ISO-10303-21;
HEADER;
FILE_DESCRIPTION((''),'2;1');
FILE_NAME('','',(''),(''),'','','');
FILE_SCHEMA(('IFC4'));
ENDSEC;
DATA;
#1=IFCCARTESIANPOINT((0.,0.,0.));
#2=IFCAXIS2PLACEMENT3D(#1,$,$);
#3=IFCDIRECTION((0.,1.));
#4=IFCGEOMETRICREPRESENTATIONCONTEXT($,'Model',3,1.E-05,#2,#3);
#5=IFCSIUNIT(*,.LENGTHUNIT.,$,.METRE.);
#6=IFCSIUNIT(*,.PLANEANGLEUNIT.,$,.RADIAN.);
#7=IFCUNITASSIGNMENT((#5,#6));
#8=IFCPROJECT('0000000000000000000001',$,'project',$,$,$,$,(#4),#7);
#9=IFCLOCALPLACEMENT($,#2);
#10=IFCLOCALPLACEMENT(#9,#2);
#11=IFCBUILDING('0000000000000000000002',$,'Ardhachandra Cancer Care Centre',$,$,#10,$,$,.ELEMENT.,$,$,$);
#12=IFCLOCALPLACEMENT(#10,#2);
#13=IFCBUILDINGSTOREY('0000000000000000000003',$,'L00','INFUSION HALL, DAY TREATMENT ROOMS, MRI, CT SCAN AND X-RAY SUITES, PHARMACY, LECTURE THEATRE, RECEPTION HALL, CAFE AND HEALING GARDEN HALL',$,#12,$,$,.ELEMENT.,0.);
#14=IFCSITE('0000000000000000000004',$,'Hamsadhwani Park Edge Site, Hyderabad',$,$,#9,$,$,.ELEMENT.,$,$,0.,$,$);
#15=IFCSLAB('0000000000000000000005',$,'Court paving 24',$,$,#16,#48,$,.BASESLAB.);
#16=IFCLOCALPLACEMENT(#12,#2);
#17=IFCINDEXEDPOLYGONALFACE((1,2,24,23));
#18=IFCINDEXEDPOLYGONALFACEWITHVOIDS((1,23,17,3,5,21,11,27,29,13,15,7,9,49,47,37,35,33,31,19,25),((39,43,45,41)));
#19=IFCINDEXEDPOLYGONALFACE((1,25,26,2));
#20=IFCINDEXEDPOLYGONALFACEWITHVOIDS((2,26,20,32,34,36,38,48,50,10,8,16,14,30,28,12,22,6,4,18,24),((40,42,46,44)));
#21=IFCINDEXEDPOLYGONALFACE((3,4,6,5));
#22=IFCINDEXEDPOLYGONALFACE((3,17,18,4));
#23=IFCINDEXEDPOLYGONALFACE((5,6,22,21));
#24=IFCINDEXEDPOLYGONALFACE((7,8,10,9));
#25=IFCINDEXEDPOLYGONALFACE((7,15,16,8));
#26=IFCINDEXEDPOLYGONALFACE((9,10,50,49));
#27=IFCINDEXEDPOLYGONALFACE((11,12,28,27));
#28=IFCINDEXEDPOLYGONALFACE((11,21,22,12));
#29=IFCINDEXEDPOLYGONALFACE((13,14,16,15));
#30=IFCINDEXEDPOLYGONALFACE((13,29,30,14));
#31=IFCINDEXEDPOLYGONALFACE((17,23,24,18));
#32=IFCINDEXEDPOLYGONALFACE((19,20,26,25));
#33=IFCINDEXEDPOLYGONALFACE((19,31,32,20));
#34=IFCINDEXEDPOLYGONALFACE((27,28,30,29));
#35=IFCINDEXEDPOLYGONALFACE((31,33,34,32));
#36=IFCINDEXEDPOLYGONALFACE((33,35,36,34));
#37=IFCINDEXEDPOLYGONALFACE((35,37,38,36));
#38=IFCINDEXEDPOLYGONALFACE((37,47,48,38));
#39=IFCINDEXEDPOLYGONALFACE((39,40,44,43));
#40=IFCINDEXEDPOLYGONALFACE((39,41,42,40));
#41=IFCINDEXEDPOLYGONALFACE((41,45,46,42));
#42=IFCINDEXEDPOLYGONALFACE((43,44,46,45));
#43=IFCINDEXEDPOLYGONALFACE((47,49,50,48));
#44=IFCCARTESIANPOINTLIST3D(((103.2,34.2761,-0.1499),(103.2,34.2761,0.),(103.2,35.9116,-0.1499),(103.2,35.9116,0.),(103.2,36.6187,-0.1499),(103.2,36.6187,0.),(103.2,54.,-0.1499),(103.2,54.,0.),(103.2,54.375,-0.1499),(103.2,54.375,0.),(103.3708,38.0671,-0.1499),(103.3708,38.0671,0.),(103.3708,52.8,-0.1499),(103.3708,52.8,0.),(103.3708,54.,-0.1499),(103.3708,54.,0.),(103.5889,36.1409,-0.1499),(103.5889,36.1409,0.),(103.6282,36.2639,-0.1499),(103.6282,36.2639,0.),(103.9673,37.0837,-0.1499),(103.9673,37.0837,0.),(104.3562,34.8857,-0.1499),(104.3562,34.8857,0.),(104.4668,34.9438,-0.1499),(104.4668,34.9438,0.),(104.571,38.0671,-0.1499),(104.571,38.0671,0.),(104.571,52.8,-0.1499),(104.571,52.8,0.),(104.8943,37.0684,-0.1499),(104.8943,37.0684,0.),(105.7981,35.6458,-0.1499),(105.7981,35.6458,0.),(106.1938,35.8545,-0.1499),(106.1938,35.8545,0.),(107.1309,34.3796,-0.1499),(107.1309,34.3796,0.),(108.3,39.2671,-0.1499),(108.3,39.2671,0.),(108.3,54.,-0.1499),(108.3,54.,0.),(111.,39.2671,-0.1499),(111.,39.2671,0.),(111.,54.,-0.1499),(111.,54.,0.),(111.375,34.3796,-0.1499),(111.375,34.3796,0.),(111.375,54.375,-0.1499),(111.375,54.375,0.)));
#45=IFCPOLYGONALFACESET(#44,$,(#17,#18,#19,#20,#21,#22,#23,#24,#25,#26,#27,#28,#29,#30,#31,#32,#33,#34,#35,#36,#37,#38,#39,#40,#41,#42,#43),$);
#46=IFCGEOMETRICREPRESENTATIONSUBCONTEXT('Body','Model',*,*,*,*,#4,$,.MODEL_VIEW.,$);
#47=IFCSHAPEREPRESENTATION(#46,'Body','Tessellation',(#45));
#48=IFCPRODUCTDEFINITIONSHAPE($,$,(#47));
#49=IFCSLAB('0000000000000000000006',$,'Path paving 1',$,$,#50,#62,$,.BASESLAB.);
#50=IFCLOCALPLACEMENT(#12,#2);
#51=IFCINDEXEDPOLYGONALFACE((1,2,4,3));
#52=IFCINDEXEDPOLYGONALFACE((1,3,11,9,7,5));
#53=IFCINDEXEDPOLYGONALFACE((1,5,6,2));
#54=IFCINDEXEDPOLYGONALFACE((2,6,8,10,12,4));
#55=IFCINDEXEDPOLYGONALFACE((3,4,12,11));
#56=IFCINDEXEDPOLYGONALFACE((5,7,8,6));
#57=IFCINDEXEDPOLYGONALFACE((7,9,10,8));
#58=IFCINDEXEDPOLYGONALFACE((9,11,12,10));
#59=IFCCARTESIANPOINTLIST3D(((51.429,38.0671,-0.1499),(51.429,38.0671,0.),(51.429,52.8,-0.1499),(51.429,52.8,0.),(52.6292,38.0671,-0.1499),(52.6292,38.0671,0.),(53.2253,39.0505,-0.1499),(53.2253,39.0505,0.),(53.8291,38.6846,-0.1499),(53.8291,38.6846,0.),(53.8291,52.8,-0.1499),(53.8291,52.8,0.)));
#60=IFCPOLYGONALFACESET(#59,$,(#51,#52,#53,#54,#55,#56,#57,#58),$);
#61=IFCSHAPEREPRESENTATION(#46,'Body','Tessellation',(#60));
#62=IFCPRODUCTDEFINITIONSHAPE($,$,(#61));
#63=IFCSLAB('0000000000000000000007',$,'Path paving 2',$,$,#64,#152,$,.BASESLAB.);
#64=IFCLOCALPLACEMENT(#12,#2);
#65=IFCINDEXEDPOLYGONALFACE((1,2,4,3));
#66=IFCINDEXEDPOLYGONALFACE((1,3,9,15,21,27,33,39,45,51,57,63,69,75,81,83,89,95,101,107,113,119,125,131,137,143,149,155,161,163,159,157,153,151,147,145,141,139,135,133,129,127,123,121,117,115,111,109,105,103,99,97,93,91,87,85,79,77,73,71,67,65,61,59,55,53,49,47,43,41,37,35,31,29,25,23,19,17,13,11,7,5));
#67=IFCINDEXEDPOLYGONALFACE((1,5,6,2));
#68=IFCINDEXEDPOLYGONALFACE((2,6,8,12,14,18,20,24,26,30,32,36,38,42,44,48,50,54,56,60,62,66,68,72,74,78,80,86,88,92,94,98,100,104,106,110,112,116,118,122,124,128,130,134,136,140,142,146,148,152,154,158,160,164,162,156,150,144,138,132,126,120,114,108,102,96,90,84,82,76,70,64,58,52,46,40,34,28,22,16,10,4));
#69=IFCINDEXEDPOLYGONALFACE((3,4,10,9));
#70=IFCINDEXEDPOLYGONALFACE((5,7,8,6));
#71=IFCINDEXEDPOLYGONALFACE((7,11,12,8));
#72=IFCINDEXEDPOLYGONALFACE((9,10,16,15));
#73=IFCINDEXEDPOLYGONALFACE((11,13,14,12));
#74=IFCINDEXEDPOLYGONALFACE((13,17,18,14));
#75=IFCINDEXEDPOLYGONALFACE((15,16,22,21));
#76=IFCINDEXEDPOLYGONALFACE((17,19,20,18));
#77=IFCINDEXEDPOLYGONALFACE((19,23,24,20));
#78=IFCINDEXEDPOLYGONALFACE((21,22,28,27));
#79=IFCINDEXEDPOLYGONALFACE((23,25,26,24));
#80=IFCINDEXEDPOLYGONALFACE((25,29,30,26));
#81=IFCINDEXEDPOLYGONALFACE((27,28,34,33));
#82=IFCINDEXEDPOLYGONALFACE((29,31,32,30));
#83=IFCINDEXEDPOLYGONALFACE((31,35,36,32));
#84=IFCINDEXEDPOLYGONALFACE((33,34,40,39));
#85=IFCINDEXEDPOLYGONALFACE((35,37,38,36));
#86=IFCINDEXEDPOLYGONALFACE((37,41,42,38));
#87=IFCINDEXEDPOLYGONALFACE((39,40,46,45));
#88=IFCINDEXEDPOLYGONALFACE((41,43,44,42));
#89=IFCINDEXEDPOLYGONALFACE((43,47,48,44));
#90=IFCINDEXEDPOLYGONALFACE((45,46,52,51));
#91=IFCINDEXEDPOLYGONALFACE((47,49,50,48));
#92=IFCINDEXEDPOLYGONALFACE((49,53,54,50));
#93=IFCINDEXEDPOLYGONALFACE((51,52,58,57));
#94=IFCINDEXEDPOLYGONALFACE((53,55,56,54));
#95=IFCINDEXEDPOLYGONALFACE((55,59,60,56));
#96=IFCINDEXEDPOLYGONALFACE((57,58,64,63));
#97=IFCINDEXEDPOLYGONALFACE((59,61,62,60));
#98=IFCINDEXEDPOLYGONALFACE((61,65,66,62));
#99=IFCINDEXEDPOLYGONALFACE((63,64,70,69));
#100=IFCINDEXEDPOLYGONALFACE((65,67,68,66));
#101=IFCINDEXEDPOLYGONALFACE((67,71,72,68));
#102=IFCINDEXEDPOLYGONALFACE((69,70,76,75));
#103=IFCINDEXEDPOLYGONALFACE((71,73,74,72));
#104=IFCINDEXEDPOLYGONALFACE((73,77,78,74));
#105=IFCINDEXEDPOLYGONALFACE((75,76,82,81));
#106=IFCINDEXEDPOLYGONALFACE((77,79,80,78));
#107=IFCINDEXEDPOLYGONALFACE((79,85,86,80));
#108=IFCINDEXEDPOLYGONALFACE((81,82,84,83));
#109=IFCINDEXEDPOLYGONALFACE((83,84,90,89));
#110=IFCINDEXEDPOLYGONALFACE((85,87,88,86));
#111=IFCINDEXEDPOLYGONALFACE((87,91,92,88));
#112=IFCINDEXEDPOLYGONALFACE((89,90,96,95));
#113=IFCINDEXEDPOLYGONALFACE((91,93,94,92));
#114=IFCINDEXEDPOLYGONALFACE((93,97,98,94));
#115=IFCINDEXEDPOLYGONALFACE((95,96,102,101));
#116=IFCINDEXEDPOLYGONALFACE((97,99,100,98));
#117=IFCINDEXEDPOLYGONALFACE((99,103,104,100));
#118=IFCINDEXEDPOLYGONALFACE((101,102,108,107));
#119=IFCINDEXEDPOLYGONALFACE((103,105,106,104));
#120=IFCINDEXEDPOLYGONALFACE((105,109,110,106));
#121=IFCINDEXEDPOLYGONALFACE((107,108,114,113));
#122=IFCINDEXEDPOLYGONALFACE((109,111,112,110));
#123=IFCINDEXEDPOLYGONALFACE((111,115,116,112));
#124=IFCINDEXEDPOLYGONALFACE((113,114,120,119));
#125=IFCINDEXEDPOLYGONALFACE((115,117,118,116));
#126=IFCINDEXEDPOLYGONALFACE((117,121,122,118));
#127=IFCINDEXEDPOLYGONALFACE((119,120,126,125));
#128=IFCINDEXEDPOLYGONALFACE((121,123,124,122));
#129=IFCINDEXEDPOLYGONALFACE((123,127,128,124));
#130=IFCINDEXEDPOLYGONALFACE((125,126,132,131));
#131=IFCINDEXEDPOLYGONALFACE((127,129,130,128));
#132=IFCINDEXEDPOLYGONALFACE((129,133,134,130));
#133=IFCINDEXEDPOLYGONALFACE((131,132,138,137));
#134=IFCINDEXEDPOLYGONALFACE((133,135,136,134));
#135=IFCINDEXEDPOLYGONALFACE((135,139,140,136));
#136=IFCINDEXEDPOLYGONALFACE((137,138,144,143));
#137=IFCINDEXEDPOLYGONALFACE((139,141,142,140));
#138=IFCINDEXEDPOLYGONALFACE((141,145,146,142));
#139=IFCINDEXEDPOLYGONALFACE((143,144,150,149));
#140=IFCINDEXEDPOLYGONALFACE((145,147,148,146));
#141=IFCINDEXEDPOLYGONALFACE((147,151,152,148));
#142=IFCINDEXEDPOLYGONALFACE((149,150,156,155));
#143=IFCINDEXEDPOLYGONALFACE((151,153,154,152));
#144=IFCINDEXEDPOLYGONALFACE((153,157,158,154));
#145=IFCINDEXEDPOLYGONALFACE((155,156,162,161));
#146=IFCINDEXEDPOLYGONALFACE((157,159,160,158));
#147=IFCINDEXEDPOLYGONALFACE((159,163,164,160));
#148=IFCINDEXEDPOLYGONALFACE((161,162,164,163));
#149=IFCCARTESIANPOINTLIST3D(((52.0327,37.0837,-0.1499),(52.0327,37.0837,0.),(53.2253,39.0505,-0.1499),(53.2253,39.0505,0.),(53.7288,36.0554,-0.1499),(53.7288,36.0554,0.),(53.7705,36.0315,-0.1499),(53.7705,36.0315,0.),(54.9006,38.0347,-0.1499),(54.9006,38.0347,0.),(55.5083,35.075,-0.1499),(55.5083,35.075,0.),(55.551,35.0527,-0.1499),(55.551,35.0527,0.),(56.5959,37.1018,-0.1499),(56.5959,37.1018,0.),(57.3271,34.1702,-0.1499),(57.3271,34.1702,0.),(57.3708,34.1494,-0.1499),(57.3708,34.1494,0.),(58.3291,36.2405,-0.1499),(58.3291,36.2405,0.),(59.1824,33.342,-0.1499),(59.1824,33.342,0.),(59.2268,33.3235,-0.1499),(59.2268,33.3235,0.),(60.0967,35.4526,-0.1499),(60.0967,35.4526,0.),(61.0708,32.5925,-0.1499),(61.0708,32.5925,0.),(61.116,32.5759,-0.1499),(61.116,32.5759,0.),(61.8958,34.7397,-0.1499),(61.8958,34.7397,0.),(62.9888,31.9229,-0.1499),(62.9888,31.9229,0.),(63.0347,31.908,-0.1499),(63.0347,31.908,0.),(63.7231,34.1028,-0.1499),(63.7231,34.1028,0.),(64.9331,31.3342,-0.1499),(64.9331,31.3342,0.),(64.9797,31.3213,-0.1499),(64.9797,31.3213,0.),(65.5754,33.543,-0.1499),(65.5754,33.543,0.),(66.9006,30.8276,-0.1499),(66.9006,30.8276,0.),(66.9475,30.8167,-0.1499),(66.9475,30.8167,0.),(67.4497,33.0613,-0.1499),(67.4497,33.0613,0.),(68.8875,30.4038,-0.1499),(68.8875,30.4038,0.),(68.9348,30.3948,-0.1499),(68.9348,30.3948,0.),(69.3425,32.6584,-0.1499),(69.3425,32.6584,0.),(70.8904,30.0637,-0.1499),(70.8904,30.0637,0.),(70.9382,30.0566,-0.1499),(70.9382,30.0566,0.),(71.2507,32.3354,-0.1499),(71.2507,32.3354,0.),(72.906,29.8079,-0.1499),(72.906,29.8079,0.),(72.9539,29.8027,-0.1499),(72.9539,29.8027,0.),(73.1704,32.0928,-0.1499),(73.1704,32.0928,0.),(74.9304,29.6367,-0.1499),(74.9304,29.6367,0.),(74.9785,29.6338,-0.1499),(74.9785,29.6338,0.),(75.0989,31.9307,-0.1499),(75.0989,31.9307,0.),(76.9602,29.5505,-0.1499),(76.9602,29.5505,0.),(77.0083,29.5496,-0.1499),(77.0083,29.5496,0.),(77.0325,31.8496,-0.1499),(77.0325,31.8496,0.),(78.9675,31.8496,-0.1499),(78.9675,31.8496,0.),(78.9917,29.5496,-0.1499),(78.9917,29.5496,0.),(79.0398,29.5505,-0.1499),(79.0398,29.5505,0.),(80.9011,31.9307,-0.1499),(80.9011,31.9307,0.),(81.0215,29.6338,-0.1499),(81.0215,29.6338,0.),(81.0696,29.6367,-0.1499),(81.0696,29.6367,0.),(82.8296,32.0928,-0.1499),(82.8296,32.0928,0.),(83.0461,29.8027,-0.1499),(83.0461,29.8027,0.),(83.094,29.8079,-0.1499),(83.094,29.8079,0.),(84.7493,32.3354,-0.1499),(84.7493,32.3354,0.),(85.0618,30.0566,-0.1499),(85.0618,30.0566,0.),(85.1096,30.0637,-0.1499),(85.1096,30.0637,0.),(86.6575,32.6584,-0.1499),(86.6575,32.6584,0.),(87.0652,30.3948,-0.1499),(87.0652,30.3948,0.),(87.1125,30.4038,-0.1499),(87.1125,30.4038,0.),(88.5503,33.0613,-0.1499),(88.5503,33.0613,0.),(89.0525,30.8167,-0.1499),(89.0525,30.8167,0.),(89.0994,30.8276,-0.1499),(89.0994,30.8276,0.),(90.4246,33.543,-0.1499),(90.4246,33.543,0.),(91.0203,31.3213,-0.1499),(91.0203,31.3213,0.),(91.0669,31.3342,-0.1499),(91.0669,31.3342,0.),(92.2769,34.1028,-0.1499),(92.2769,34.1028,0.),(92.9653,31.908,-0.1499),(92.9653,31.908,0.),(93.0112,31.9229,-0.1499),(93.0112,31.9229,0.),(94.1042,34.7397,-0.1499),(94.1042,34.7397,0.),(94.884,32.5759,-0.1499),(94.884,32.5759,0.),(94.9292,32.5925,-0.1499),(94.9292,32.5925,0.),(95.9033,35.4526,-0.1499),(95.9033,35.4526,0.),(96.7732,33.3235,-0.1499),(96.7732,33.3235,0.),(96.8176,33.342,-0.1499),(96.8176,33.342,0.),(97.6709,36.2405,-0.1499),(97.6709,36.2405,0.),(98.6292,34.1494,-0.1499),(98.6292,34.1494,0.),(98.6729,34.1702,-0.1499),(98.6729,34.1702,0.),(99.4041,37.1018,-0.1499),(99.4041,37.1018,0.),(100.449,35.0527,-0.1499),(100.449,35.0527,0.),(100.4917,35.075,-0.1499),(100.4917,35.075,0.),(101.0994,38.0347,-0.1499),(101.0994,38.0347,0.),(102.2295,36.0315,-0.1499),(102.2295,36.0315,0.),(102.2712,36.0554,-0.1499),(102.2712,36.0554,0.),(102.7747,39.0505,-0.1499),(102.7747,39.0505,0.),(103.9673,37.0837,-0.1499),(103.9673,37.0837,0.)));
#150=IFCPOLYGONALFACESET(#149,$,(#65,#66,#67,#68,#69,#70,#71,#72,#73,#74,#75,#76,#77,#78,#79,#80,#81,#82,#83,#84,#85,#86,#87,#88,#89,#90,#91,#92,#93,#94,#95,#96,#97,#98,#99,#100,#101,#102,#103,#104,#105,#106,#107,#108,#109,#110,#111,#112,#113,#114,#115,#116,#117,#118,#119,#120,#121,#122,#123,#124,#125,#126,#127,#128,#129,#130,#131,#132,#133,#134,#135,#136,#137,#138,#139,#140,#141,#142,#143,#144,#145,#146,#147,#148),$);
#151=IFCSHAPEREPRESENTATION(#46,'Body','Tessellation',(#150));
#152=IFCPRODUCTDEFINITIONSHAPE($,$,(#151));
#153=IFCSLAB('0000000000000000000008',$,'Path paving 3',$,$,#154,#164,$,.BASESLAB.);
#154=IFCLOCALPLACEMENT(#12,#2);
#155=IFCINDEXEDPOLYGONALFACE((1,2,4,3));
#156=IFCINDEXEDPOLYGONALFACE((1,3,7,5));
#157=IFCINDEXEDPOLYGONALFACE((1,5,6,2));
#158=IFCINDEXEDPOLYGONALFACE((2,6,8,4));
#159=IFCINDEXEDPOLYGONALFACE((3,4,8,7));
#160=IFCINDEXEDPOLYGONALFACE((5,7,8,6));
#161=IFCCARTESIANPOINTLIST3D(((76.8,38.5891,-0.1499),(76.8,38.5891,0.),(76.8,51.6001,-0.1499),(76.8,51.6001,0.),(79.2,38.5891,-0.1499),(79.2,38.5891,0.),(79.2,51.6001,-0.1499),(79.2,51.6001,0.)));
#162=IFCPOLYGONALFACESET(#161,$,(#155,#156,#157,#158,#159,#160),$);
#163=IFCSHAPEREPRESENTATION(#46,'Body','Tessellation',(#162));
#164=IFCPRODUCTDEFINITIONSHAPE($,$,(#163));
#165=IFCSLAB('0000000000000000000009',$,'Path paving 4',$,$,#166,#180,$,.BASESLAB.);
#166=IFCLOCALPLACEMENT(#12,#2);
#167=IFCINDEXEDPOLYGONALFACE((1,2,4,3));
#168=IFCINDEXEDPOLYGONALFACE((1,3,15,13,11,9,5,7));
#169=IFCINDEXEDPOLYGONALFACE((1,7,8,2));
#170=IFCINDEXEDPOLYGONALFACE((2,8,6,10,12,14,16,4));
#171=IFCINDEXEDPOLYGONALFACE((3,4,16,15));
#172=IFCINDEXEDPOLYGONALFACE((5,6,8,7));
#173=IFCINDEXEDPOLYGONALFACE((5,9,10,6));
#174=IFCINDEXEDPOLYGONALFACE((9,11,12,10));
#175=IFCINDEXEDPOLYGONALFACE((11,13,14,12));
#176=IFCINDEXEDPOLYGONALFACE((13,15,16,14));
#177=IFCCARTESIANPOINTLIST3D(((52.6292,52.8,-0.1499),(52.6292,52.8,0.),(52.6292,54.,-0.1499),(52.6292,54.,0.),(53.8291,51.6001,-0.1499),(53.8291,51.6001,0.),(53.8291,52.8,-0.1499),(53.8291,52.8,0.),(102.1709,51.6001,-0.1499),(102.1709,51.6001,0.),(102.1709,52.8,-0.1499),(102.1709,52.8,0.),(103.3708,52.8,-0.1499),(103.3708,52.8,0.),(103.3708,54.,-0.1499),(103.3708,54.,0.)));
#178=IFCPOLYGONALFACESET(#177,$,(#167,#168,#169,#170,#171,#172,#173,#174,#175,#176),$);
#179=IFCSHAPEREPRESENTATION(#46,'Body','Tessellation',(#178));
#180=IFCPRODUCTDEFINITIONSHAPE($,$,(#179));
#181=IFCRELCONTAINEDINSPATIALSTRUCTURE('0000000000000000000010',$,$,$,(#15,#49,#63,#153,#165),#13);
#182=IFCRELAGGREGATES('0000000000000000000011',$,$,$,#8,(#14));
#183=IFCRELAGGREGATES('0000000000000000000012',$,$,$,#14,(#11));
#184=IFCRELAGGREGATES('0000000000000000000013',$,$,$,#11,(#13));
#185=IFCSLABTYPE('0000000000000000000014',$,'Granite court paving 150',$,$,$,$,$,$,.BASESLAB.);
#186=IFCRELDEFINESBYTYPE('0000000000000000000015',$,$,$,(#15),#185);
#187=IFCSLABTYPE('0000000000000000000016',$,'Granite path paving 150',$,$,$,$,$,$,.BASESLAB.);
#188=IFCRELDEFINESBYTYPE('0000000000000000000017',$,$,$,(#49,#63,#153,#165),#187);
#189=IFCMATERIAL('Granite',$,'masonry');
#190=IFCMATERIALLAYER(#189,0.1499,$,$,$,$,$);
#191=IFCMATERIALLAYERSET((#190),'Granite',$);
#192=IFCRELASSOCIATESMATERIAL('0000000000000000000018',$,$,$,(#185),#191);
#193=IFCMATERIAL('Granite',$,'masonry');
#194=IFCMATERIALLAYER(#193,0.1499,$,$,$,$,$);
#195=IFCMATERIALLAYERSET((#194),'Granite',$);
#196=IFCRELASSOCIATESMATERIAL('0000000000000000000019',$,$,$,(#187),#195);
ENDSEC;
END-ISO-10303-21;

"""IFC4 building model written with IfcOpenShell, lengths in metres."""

from ifc_helpers import new_model, si_unit, direction, frame, origin, place, context, subcontext, project, spatial, polyline, outline, extrude, material, layer, layer_set, type_object, element, save


model = new_model("IFC4")

# Units and contexts
model_context = context("Model", 3, precision=1e-05, world=origin(), true_north=direction((0.0, 1.0)))
body_context = subcontext(model_context, "Body", "Model", "MODEL_VIEW")
ifc_project = project(units=[si_unit("LENGTHUNIT", "METRE"), si_unit("PLANEANGLEUNIT", "RADIAN")], contexts=[model_context])

# Site, building, storey
site_placement = place(None, origin())
site = spatial("IfcSite", under=ifc_project, at=site_placement, Name="Hamsadhwani Park Edge Site, Hyderabad", CompositionType="ELEMENT", RefElevation=0.0)
building_placement = place(site_placement, origin())
building = spatial("IfcBuilding", under=site, at=building_placement, Name="Ardhachandra Cancer Care Centre", CompositionType="ELEMENT")
storey_placement = place(building_placement, origin())
storey = spatial("IfcBuildingStorey", under=building, at=storey_placement, Name="L00", Description="INFUSION HALL, DAY TREATMENT ROOMS, MRI, CT SCAN AND X-RAY SUITES, PHARMACY, LECTURE THEATRE, RECEPTION HALL, CAFE AND HEALING GARDEN HALL", CompositionType="ELEMENT", Elevation=0.0)

# Slabs
ifc_material_1 = material(Name="Granite", Category="masonry")
ifc_layer_1 = layer(ifc_material_1, 0.1499)
ifc_layer_set_1 = layer_set([ifc_layer_1], Name="Granite")
slab_type_1 = type_object("IfcSlabType", Name="Granite court paving 150", PredefinedType="BASESLAB", material=ifc_layer_set_1)
slab_1_placement = place(storey_placement, frame((0.0, 0.0, -0.1499)))
element("IfcSlab", 1, at=slab_1_placement, inside=storey, type_object=slab_type_1, Name="Court paving 24", PredefinedType="BASESLAB", context=body_context, shape_type="SweptSolid", body=[
    extrude(outline(polyline([(111.375, 54.375), (103.2, 54.375), (103.2, 54.0), (103.3708, 54.0), (103.3708, 52.8), (104.571, 52.8), (104.571, 38.0671), (103.3708, 38.0671), (103.9673, 37.0837), (103.2, 36.6187), (103.2, 35.9116), (103.5889, 36.1409), (104.3562, 34.8857), (103.2, 34.2761), (104.4668, 34.9438), (103.6282, 36.2639), (104.8943, 37.0684), (105.7981, 35.6458), (106.1938, 35.8545), (107.1309, 34.3796), (111.375, 34.3796), (111.375, 54.375)]), holes=[polyline([(111.0, 54.0), (108.3, 54.0), (108.3, 39.2671), (111.0, 39.2671), (111.0, 54.0)])]), origin(), (0.0, 0.0, 1.0), 0.1499),
])
ifc_material_2 = material(Name="Granite", Category="masonry")
ifc_layer_2 = layer(ifc_material_2, 0.1499)
ifc_layer_set_2 = layer_set([ifc_layer_2], Name="Granite")
slab_type_2 = type_object("IfcSlabType", Name="Granite path paving 150", PredefinedType="BASESLAB", material=ifc_layer_set_2)
slab_2_placement = place(storey_placement, frame((0.0, 0.0, -0.1499)))
element("IfcSlab", 2, at=slab_2_placement, inside=storey, type_object=slab_type_2, Name="Path paving 1", PredefinedType="BASESLAB", context=body_context, shape_type="SweptSolid", body=[
    extrude(outline(polyline([(53.8291, 52.8), (51.429, 52.8), (51.429, 38.0671), (52.6292, 38.0671), (53.2253, 39.0505), (53.8291, 38.6846), (53.8291, 52.8)])), origin(), (0.0, 0.0, 1.0), 0.1499),
])
slab_3_placement = place(storey_placement, frame((0.0, 0.0, -0.1499)))
element("IfcSlab", 3, at=slab_3_placement, inside=storey, type_object=slab_type_2, Name="Path paving 2", PredefinedType="BASESLAB", context=body_context, shape_type="SweptSolid", body=[
    extrude(outline(polyline([(56.5959, 37.1018), (54.9006, 38.0347), (53.2253, 39.0505), (52.0327, 37.0837), (53.7288, 36.0554), (53.7705, 36.0315), (55.5083, 35.075), (55.551, 35.0527), (57.3271, 34.1702), (57.3708, 34.1494), (59.1824, 33.342), (59.2268, 33.3235), (61.0708, 32.5925), (61.116, 32.5759), (62.9888, 31.9229), (63.0347, 31.908), (64.9331, 31.3342), (64.9797, 31.3213), (66.9006, 30.8276), (66.9475, 30.8167), (68.8875, 30.4038), (68.9348, 30.3948), (70.8904, 30.0637), (70.9382, 30.0566), (72.906, 29.8079), (72.9539, 29.8027), (74.9304, 29.6367), (74.9785, 29.6338), (76.9602, 29.5505), (77.0083, 29.5496), (78.9917, 29.5496), (79.0398, 29.5505), (81.0215, 29.6338), (81.0696, 29.6367), (83.0461, 29.8027), (83.094, 29.8079), (85.0618, 30.0566), (85.1096, 30.0637), (87.0652, 30.3948), (87.1125, 30.4038), (89.0525, 30.8167), (89.0994, 30.8276), (91.0203, 31.3213), (91.0669, 31.3342), (92.9653, 31.908), (93.0112, 31.9229), (94.884, 32.5759), (94.9292, 32.5925), (96.7732, 33.3235), (96.8176, 33.342), (98.6292, 34.1494), (98.6729, 34.1702), (100.449, 35.0527), (100.4917, 35.075), (102.2295, 36.0315), (102.2712, 36.0554), (103.9673, 37.0837), (102.7747, 39.0505), (101.0994, 38.0347), (99.4041, 37.1018), (97.6709, 36.2405), (95.9033, 35.4526), (94.1042, 34.7397), (92.2769, 34.1028), (90.4246, 33.543), (88.5503, 33.0613), (86.6575, 32.6584), (84.7493, 32.3354), (82.8296, 32.0928), (80.9011, 31.9307), (78.9675, 31.8496), (77.0325, 31.8496), (75.0989, 31.9307), (73.1704, 32.0928), (71.2507, 32.3354), (69.3425, 32.6584), (67.4497, 33.0613), (65.5754, 33.543), (63.7231, 34.1028), (61.8958, 34.7397), (60.0967, 35.4526), (58.3291, 36.2405), (56.5959, 37.1018)])), origin(), (0.0, 0.0, 1.0), 0.1499),
])
slab_4_placement = place(storey_placement, frame((0.0, 0.0, -0.1499)))
element("IfcSlab", 4, at=slab_4_placement, inside=storey, type_object=slab_type_2, Name="Path paving 3", PredefinedType="BASESLAB", context=body_context, shape_type="SweptSolid", body=[
    extrude(outline(polyline([(76.8, 38.5891), (79.2, 38.5891), (79.2, 51.6001), (76.8, 51.6001), (76.8, 38.5891)])), origin(), (0.0, 0.0, 1.0), 0.1499),
])
slab_5_placement = place(storey_placement, frame((0.0, 0.0, -0.1499)))
element("IfcSlab", 5, at=slab_5_placement, inside=storey, type_object=slab_type_2, Name="Path paving 4", PredefinedType="BASESLAB", context=body_context, shape_type="SweptSolid", body=[
    extrude(outline(polyline([(103.3708, 52.8), (103.3708, 54.0), (52.6292, 54.0), (52.6292, 52.8), (53.8291, 52.8), (53.8291, 51.6001), (102.1709, 51.6001), (102.1709, 52.8), (103.3708, 52.8)])), origin(), (0.0, 0.0, 1.0), 0.1499),
])

save(model, "model.ifc")
